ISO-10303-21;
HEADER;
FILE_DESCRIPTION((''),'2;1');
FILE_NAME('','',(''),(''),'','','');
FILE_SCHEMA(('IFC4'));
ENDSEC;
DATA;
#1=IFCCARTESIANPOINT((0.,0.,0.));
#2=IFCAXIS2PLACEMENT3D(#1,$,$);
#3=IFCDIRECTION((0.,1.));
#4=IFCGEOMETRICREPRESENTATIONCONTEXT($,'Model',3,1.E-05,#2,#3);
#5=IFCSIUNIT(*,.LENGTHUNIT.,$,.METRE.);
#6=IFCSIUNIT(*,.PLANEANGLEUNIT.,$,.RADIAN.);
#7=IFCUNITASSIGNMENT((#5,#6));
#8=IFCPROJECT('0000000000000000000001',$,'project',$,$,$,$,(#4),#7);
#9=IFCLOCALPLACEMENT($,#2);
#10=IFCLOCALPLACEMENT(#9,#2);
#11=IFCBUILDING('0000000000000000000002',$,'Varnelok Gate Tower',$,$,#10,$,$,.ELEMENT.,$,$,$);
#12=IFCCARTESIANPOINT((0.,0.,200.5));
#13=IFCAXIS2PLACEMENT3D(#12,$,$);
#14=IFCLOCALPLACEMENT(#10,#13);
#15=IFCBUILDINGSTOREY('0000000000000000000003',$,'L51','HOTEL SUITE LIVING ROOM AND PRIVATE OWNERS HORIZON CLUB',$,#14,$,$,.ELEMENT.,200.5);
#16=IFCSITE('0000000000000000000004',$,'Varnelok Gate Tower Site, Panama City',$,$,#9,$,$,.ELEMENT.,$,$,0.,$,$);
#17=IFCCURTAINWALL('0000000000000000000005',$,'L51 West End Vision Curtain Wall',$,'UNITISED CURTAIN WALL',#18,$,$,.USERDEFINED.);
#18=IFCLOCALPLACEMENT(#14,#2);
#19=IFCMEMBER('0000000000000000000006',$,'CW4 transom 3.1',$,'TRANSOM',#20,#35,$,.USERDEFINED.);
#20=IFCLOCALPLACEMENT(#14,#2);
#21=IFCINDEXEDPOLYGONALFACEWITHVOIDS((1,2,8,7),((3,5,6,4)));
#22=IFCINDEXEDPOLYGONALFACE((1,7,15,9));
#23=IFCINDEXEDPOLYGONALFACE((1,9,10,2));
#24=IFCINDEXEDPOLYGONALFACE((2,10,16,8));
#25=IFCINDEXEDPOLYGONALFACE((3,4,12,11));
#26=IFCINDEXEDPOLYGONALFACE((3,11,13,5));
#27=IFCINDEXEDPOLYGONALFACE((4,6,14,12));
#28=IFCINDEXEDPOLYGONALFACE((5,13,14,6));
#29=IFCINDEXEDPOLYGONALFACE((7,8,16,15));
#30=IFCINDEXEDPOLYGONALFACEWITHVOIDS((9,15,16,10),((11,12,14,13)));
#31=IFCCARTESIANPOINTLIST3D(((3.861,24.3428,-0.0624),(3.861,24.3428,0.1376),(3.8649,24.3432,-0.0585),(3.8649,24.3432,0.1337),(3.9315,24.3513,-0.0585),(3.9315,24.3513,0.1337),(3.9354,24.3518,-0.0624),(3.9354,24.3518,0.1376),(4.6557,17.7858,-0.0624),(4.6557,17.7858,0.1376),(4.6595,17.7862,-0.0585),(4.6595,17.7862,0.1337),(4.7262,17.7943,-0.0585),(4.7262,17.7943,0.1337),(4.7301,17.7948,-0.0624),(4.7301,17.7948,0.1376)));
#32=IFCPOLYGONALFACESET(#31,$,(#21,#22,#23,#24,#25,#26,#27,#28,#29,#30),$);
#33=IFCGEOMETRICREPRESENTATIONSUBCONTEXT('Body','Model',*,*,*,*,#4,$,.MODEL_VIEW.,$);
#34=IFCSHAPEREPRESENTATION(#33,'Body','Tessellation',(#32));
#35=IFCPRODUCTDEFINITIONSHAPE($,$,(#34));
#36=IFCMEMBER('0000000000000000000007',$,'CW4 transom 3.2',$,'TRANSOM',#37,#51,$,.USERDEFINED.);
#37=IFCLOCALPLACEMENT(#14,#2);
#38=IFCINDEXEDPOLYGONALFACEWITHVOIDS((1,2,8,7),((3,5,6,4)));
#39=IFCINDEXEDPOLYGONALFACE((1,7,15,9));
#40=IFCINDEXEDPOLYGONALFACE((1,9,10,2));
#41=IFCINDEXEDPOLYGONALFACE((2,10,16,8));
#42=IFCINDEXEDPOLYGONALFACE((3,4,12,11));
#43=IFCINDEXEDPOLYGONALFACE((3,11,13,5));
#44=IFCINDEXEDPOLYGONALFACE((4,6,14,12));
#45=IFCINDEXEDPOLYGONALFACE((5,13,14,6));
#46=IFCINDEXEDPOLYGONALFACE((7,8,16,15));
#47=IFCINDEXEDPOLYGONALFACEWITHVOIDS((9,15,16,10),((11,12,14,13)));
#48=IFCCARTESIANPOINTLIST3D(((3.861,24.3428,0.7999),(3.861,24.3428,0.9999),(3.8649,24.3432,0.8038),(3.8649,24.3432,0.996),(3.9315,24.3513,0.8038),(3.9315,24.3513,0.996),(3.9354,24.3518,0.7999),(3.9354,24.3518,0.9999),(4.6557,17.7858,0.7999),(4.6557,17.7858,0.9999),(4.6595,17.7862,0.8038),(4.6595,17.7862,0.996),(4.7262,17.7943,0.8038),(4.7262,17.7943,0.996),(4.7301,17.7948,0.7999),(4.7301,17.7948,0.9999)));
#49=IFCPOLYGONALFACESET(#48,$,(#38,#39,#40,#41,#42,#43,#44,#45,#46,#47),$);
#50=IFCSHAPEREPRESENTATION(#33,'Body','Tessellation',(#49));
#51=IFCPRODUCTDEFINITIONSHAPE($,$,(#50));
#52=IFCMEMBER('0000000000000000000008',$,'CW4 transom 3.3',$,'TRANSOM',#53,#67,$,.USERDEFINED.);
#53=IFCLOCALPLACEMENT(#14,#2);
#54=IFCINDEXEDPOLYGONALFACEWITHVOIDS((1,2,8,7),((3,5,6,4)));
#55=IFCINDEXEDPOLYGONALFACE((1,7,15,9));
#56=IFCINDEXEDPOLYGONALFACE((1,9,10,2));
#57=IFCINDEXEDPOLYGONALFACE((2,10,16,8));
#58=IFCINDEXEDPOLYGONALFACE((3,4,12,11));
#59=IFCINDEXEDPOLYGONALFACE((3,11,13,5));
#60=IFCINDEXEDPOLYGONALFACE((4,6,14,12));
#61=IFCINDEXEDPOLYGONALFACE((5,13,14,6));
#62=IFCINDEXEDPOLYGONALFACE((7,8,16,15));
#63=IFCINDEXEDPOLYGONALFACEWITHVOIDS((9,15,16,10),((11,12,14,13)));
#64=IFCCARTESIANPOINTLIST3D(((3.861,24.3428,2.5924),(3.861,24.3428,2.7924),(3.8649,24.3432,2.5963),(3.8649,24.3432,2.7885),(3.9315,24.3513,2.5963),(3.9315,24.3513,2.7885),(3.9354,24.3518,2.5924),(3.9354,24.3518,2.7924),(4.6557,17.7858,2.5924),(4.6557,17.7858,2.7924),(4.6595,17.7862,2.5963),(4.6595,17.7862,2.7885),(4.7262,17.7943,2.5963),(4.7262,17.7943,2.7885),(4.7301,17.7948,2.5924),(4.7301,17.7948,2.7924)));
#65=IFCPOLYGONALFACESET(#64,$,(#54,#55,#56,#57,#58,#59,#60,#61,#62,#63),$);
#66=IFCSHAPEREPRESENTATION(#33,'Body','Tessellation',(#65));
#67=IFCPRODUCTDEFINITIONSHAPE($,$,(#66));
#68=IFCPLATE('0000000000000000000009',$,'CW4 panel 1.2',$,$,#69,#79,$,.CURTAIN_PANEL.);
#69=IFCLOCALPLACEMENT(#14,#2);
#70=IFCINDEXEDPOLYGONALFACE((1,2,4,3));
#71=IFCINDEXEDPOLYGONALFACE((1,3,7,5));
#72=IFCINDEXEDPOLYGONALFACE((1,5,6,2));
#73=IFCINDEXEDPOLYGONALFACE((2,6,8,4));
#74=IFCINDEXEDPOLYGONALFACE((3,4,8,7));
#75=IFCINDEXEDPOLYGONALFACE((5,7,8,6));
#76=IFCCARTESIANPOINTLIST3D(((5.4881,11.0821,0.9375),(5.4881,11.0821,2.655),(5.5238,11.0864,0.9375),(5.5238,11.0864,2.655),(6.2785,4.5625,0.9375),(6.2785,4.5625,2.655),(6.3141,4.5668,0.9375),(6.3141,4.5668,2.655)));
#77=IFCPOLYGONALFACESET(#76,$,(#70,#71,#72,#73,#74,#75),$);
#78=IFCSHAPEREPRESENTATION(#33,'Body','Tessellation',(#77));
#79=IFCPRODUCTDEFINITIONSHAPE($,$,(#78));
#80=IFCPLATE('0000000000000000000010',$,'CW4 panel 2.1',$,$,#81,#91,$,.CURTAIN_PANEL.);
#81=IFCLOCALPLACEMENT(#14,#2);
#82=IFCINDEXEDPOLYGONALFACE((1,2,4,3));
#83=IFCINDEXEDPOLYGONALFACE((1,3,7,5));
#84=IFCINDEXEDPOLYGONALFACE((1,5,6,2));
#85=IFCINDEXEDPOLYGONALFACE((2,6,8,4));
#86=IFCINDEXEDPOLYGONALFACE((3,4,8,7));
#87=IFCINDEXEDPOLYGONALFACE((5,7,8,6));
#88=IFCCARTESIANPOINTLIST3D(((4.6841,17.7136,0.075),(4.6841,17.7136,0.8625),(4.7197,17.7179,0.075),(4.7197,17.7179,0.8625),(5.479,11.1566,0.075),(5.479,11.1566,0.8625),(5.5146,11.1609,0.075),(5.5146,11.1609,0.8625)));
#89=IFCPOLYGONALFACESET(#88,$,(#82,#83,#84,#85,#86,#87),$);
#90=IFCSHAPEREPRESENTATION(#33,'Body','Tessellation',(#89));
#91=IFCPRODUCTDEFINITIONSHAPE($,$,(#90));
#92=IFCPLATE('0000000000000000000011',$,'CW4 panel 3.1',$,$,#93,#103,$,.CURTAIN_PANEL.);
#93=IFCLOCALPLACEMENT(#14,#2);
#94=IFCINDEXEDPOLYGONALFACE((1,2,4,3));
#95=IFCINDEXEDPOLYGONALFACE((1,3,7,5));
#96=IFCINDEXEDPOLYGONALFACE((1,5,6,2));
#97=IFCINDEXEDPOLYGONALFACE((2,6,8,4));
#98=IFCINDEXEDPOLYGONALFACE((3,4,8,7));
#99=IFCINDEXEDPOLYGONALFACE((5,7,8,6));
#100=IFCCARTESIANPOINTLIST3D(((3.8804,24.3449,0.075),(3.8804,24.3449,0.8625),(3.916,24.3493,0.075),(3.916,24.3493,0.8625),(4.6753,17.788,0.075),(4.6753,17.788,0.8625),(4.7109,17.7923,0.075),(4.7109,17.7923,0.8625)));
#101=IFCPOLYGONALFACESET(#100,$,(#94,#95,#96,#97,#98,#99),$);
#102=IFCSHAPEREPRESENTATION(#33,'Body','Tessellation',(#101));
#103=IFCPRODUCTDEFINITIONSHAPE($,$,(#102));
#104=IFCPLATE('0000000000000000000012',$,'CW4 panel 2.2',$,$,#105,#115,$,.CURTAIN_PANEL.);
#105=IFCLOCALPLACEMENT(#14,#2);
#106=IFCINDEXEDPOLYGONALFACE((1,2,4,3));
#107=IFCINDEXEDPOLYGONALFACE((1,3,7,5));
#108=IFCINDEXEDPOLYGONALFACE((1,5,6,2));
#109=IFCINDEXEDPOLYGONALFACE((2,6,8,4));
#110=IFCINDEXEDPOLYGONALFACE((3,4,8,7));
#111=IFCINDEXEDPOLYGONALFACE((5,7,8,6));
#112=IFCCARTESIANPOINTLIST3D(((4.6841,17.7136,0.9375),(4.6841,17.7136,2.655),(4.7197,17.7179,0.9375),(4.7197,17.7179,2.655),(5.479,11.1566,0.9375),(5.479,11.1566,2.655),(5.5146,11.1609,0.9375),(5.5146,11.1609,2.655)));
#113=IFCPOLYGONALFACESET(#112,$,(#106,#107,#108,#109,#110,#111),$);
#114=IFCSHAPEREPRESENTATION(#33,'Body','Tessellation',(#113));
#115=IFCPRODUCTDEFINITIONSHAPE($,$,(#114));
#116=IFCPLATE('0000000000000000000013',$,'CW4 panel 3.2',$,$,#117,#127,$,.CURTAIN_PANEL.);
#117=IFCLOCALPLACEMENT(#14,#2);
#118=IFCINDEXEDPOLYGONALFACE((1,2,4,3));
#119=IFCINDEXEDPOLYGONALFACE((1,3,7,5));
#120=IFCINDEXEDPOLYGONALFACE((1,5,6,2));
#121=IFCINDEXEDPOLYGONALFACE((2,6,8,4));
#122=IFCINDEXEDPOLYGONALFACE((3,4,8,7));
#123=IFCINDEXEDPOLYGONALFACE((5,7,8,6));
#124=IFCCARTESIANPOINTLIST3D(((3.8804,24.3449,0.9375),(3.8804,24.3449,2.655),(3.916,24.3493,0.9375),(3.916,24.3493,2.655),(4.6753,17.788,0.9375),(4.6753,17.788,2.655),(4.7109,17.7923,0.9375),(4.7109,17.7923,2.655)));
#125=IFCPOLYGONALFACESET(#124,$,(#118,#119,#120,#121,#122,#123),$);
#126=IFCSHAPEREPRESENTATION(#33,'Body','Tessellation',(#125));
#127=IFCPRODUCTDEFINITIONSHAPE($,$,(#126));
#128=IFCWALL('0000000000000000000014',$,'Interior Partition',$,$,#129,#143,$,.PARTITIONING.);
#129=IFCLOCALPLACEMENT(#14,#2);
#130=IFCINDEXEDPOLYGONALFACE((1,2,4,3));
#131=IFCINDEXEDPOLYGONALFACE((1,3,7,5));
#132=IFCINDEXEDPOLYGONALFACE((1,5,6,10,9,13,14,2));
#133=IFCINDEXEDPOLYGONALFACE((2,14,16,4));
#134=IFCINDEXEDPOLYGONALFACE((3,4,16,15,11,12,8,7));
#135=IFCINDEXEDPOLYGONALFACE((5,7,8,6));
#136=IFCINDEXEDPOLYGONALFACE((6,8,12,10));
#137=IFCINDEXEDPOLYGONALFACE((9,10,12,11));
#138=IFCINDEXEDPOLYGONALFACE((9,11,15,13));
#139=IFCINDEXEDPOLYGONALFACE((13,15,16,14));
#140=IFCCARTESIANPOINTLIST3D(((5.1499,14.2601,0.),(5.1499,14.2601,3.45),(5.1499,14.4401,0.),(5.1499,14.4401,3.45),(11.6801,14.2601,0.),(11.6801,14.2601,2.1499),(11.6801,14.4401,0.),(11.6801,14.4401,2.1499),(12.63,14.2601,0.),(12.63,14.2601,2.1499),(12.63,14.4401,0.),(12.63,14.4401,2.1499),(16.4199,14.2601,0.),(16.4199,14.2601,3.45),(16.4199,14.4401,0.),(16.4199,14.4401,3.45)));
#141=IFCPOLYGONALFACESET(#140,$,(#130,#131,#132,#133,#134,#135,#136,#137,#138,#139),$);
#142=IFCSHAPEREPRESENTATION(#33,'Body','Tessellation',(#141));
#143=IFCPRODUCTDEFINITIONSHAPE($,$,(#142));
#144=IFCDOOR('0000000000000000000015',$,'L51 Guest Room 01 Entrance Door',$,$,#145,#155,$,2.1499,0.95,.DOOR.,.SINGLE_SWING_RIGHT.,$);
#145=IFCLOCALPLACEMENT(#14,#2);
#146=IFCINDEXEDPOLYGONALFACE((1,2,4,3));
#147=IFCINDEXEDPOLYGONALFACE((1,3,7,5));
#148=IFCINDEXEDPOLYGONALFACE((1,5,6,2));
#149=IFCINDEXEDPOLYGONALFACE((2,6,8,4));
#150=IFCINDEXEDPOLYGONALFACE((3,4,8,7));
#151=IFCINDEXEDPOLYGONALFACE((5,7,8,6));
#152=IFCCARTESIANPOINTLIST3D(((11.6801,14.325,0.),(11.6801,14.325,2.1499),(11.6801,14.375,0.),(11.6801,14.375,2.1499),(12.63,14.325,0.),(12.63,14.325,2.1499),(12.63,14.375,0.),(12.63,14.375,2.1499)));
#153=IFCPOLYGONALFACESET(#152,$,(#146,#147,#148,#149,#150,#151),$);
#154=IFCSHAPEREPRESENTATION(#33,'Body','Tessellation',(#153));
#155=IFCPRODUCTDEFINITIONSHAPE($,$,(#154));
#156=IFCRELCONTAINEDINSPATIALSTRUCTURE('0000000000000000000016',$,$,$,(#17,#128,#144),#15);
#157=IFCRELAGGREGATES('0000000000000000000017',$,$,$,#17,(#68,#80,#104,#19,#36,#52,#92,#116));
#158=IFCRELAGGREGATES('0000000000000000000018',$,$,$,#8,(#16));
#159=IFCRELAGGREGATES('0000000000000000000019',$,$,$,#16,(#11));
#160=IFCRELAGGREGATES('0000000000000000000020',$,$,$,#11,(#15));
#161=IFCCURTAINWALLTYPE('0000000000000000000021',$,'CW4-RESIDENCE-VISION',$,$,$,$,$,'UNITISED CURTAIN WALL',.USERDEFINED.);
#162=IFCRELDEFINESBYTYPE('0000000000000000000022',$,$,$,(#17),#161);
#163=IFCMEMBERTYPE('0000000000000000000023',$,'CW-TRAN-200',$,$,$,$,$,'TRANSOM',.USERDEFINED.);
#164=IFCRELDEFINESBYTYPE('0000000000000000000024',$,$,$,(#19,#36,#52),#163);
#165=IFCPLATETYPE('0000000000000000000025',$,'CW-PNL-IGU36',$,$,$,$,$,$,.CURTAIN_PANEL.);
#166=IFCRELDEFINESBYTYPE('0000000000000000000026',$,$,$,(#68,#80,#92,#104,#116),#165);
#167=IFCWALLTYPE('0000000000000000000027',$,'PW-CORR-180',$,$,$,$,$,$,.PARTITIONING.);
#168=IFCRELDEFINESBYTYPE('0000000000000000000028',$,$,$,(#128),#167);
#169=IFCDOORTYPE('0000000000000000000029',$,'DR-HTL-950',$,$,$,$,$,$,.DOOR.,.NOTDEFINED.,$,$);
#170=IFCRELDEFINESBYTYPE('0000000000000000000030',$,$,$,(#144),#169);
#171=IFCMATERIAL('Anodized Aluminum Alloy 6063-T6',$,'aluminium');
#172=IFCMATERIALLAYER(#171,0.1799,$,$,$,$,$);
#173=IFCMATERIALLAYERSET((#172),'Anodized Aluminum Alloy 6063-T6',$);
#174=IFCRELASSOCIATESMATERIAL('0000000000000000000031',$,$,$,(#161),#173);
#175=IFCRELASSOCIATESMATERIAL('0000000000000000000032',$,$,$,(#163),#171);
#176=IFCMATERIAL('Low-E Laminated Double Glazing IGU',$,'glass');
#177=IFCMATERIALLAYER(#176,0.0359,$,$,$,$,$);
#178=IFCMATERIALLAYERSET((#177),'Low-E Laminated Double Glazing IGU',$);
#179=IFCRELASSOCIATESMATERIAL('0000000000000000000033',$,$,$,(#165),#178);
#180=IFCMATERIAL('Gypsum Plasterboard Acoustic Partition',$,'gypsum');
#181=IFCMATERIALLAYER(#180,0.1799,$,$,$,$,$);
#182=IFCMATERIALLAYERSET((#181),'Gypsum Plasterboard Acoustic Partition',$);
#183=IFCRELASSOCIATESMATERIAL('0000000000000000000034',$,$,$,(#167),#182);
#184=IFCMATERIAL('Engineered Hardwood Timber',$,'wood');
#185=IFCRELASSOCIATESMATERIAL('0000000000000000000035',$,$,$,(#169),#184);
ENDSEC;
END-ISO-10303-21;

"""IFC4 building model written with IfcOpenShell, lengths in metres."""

from ifc_helpers import new_model, si_unit, direction, frame, frame_2d, origin, origin_2d, place, context, subcontext, project, spatial, rectangle, hollow_rectangle, extrude, source, transform, mapped, material, layer, layer_set, material_profile, profile_set, type_object, element, fill, aggregate, save


model = new_model("IFC4")

# Units and contexts
model_context = context("Model", 3, precision=1e-05, world=origin(), true_north=direction((0.0, 1.0)))
body_context = subcontext(model_context, "Body", "Model", "MODEL_VIEW")
ifc_project = project(units=[si_unit("LENGTHUNIT", "METRE"), si_unit("PLANEANGLEUNIT", "RADIAN")], contexts=[model_context])

# Site, building, storey
site_placement = place(None, origin())
site = spatial("IfcSite", under=ifc_project, at=site_placement, Name="Varnelok Gate Tower Site, Panama City", CompositionType="ELEMENT", RefElevation=0.0)
building_placement = place(site_placement, origin())
building = spatial("IfcBuilding", under=site, at=building_placement, Name="Varnelok Gate Tower", CompositionType="ELEMENT")
storey_placement = place(building_placement, frame((0.0, 0.0, 200.5)))
storey = spatial("IfcBuildingStorey", under=building, at=storey_placement, Name="L51", Description="HOTEL SUITE LIVING ROOM AND PRIVATE OWNERS HORIZON CLUB", CompositionType="ELEMENT", Elevation=200.5)

# Curtain wall, members, plates
ifc_material_1 = material(Name="Anodized Aluminum Alloy 6063-T6", Category="aluminium")
ifc_layer_1 = layer(ifc_material_1, 0.1799)
ifc_layer_set_1 = layer_set([ifc_layer_1], Name="Anodized Aluminum Alloy 6063-T6")
curtain_wall_type = type_object("IfcCurtainWallType", Name="CW4-RESIDENCE-VISION", ElementType="UNITISED CURTAIN WALL", PredefinedType="USERDEFINED", material=ifc_layer_set_1)
curtain_wall_placement = place(storey_placement, origin())
curtain_wall = element("IfcCurtainWall", 1, at=curtain_wall_placement, inside=storey, type_object=curtain_wall_type, Name="L51 West End Vision Curtain Wall", ObjectType="UNITISED CURTAIN WALL", PredefinedType="USERDEFINED")
ifc_material_profile_1 = material_profile(ifc_material_1, hollow_rectangle(XDim=0.075, YDim=0.2, WallThickness=0.0039, at=origin_2d()), Name="ALU200X75X4")
ifc_profile_set_1 = profile_set([ifc_material_profile_1], Name="Anodized Aluminum Alloy 6063-T6")
member_type_1 = type_object("IfcMemberType", Name="CW-TRAN-200", ElementType="TRANSOM", PredefinedType="USERDEFINED", material=ifc_profile_set_1)
member_1_placement = place(storey_placement, frame((4.6929, 17.7903, 0.0376), z_axis=(-0.120317, 0.992736, 0.0), x_axis=(-0.992736, -0.120317, 0.0)))
member_1 = element("IfcMember", 2, at=member_1_placement, type_object=member_type_1, Name="CW4 transom 3.1", ObjectType="TRANSOM", PredefinedType="USERDEFINED", context=body_context, shape_type="SweptSolid", body=[
    extrude(hollow_rectangle(XDim=0.075, YDim=0.2, WallThickness=0.0039, at=origin_2d()), origin(), (0.0, 0.0, 1.0), 6.605),
])
member_2_placement = place(storey_placement, frame((4.6929, 17.7903, 0.8999), z_axis=(-0.120317, 0.992736, 0.0), x_axis=(-0.992736, -0.120317, 0.0)))
member_2 = element("IfcMember", 3, at=member_2_placement, type_object=member_type_1, Name="CW4 transom 3.2", ObjectType="TRANSOM", PredefinedType="USERDEFINED", context=body_context, shape_type="SweptSolid", body=[
    extrude(hollow_rectangle(XDim=0.075, YDim=0.2, WallThickness=0.0039, at=origin_2d()), origin(), (0.0, 0.0, 1.0), 6.605),
])
member_3_placement = place(storey_placement, frame((4.6929, 17.7903, 2.6924), z_axis=(-0.120317, 0.992736, 0.0), x_axis=(-0.992736, -0.120317, 0.0)))
member_3 = element("IfcMember", 4, at=member_3_placement, type_object=member_type_1, Name="CW4 transom 3.3", ObjectType="TRANSOM", PredefinedType="USERDEFINED", context=body_context, shape_type="SweptSolid", body=[
    extrude(hollow_rectangle(XDim=0.075, YDim=0.2, WallThickness=0.0039, at=origin_2d()), origin(), (0.0, 0.0, 1.0), 6.605),
])
ifc_material_2 = material(Name="Low-E Laminated Double Glazing IGU", Category="glass")
ifc_layer_2 = layer(ifc_material_2, 0.0359)
ifc_layer_set_2 = layer_set([ifc_layer_2], Name="Low-E Laminated Double Glazing IGU")
plate_type = type_object("IfcPlateType", Name="CW-PNL-IGU36", PredefinedType="CURTAIN_PANEL", material=ifc_layer_set_2)
shared_shape_1 = source(origin(), body_context, "Body", "SweptSolid", [
    extrude(rectangle(XDim=6.5674, YDim=0.0359, at=origin_2d()), origin(), (0.0, 0.0, 1.0), 1.7175),
])
plate_1_placement = place(storey_placement, frame((5.9011, 7.8245, 0.9375), z_axis=(0.0, 0.0, 1.0), x_axis=(-0.120345, 0.992732, 0.0)))
plate_1 = element("IfcPlate", 5, at=plate_1_placement, type_object=plate_type, Name="CW4 panel 1.2", PredefinedType="CURTAIN_PANEL", context=body_context, shape_type="MappedRepresentation", body=[
    mapped(shared_shape_1, transform((0.0, 0.0, 0.0), scale=1.0)),
])
shared_shape_2 = source(origin(), body_context, "Body", "SweptSolid", [
    extrude(rectangle(XDim=6.605, YDim=0.0359, at=origin_2d()), origin(), (0.0, 0.0, 1.0), 0.7876),
])
plate_2_placement = place(storey_placement, frame((5.0994, 14.4373, 0.075), z_axis=(0.0, 0.0, 1.0), x_axis=(-0.120345, 0.992732, 0.0)))
plate_2 = element("IfcPlate", 6, at=plate_2_placement, type_object=plate_type, Name="CW4 panel 2.1", PredefinedType="CURTAIN_PANEL", context=body_context, shape_type="MappedRepresentation", body=[
    mapped(shared_shape_2, transform((0.0, 0.0, 0.0), scale=1.0)),
])
plate_3_placement = place(storey_placement, frame((4.2957, 21.0686, 0.075), z_axis=(0.0, 0.0, 1.0), x_axis=(-0.120345, 0.992732, 0.0)))
plate_3 = element("IfcPlate", 7, at=plate_3_placement, type_object=plate_type, Name="CW4 panel 3.1", PredefinedType="CURTAIN_PANEL", context=body_context, shape_type="MappedRepresentation", body=[
    mapped(shared_shape_2, transform((0.0, 0.0, 0.0), scale=1.0)),
])
shared_shape_3 = source(origin(), body_context, "Body", "SweptSolid", [
    extrude(rectangle(XDim=6.605, YDim=0.0359, at=origin_2d()), origin(), (0.0, 0.0, 1.0), 1.7175),
])
plate_4_placement = place(storey_placement, frame((5.0994, 14.4373, 0.9375), z_axis=(0.0, 0.0, 1.0), x_axis=(-0.120345, 0.992732, 0.0)))
plate_4 = element("IfcPlate", 8, at=plate_4_placement, type_object=plate_type, Name="CW4 panel 2.2", PredefinedType="CURTAIN_PANEL", context=body_context, shape_type="MappedRepresentation", body=[
    mapped(shared_shape_3, transform((0.0, 0.0, 0.0), scale=1.0)),
])
plate_5_placement = place(storey_placement, frame((4.2957, 21.0686, 0.9375), z_axis=(0.0, 0.0, 1.0), x_axis=(-0.120345, 0.992732, 0.0)))
plate_5 = element("IfcPlate", 9, at=plate_5_placement, type_object=plate_type, Name="CW4 panel 3.2", PredefinedType="CURTAIN_PANEL", context=body_context, shape_type="MappedRepresentation", body=[
    mapped(shared_shape_3, transform((0.0, 0.0, 0.0), scale=1.0)),
])
aggregate(curtain_wall, [plate_1, plate_2, plate_4, member_1, member_2, member_3, plate_3, plate_5])

# Wall, opening, door
ifc_material_3 = material(Name="Gypsum Plasterboard Acoustic Partition", Category="gypsum")
ifc_layer_3 = layer(ifc_material_3, 0.1799)
ifc_layer_set_3 = layer_set([ifc_layer_3], Name="Gypsum Plasterboard Acoustic Partition")
wall_type_1 = type_object("IfcWallType", Name="PW-CORR-180", PredefinedType="PARTITIONING", material=ifc_layer_set_3)
wall_1_placement = place(storey_placement, frame((5.1499, 14.3501, 0.0), z_axis=(0.0, 0.0, 1.0), x_axis=(1.0, 0.0, 0.0)))
wall_1 = element("IfcWall", 10, at=wall_1_placement, inside=storey, type_object=wall_type_1, Name="Interior Partition", PredefinedType="PARTITIONING", context=body_context, shape_type="SweptSolid", body=[
    extrude(rectangle(XDim=11.27, YDim=0.1799, at=frame_2d((5.635, 0.0))), origin(), (0.0, 0.0, 1.0), 3.45),
])
opening_1_placement = place(wall_1_placement, frame((6.53, 0.0, 0.0)))
opening_1 = element("IfcOpeningElement", 11, at=opening_1_placement, cuts=wall_1, PredefinedType="OPENING", context=body_context, shape_type="SweptSolid", body=[
    extrude(rectangle(XDim=0.95, YDim=2.1499, at=frame_2d((0.4751, 1.075))), frame((0.0, 0.0999, 0.0), z_axis=(0.0, -1.0, 0.0), x_axis=(1.0, 0.0, 0.0)), (0.0, 0.0, 1.0), 0.2),
])
ifc_material_4 = material(Name="Engineered Hardwood Timber", Category="wood")
door_type_1 = type_object("IfcDoorType", Name="DR-HTL-950", OperationType="NOTDEFINED", PredefinedType="DOOR", material=ifc_material_4)
door_1_placement = place(opening_1_placement, origin())
door_1 = element("IfcDoor", 12, at=door_1_placement, inside=storey, type_object=door_type_1, Name="L51 Guest Room 01 Entrance Door", OperationType="SINGLE_SWING_RIGHT", OverallHeight=2.1499, OverallWidth=0.95, PredefinedType="DOOR", context=body_context, shape_type="SweptSolid", body=[
    extrude(rectangle(XDim=0.95, YDim=2.1499, at=frame_2d((0.4751, 1.075))), frame((0.0, 0.0249, 0.0), z_axis=(0.0, -1.0, 0.0), x_axis=(1.0, 0.0, 0.0)), (0.0, 0.0, 1.0), 0.05),
])
fill(opening_1, door_1)

save(model, "model.ifc")
